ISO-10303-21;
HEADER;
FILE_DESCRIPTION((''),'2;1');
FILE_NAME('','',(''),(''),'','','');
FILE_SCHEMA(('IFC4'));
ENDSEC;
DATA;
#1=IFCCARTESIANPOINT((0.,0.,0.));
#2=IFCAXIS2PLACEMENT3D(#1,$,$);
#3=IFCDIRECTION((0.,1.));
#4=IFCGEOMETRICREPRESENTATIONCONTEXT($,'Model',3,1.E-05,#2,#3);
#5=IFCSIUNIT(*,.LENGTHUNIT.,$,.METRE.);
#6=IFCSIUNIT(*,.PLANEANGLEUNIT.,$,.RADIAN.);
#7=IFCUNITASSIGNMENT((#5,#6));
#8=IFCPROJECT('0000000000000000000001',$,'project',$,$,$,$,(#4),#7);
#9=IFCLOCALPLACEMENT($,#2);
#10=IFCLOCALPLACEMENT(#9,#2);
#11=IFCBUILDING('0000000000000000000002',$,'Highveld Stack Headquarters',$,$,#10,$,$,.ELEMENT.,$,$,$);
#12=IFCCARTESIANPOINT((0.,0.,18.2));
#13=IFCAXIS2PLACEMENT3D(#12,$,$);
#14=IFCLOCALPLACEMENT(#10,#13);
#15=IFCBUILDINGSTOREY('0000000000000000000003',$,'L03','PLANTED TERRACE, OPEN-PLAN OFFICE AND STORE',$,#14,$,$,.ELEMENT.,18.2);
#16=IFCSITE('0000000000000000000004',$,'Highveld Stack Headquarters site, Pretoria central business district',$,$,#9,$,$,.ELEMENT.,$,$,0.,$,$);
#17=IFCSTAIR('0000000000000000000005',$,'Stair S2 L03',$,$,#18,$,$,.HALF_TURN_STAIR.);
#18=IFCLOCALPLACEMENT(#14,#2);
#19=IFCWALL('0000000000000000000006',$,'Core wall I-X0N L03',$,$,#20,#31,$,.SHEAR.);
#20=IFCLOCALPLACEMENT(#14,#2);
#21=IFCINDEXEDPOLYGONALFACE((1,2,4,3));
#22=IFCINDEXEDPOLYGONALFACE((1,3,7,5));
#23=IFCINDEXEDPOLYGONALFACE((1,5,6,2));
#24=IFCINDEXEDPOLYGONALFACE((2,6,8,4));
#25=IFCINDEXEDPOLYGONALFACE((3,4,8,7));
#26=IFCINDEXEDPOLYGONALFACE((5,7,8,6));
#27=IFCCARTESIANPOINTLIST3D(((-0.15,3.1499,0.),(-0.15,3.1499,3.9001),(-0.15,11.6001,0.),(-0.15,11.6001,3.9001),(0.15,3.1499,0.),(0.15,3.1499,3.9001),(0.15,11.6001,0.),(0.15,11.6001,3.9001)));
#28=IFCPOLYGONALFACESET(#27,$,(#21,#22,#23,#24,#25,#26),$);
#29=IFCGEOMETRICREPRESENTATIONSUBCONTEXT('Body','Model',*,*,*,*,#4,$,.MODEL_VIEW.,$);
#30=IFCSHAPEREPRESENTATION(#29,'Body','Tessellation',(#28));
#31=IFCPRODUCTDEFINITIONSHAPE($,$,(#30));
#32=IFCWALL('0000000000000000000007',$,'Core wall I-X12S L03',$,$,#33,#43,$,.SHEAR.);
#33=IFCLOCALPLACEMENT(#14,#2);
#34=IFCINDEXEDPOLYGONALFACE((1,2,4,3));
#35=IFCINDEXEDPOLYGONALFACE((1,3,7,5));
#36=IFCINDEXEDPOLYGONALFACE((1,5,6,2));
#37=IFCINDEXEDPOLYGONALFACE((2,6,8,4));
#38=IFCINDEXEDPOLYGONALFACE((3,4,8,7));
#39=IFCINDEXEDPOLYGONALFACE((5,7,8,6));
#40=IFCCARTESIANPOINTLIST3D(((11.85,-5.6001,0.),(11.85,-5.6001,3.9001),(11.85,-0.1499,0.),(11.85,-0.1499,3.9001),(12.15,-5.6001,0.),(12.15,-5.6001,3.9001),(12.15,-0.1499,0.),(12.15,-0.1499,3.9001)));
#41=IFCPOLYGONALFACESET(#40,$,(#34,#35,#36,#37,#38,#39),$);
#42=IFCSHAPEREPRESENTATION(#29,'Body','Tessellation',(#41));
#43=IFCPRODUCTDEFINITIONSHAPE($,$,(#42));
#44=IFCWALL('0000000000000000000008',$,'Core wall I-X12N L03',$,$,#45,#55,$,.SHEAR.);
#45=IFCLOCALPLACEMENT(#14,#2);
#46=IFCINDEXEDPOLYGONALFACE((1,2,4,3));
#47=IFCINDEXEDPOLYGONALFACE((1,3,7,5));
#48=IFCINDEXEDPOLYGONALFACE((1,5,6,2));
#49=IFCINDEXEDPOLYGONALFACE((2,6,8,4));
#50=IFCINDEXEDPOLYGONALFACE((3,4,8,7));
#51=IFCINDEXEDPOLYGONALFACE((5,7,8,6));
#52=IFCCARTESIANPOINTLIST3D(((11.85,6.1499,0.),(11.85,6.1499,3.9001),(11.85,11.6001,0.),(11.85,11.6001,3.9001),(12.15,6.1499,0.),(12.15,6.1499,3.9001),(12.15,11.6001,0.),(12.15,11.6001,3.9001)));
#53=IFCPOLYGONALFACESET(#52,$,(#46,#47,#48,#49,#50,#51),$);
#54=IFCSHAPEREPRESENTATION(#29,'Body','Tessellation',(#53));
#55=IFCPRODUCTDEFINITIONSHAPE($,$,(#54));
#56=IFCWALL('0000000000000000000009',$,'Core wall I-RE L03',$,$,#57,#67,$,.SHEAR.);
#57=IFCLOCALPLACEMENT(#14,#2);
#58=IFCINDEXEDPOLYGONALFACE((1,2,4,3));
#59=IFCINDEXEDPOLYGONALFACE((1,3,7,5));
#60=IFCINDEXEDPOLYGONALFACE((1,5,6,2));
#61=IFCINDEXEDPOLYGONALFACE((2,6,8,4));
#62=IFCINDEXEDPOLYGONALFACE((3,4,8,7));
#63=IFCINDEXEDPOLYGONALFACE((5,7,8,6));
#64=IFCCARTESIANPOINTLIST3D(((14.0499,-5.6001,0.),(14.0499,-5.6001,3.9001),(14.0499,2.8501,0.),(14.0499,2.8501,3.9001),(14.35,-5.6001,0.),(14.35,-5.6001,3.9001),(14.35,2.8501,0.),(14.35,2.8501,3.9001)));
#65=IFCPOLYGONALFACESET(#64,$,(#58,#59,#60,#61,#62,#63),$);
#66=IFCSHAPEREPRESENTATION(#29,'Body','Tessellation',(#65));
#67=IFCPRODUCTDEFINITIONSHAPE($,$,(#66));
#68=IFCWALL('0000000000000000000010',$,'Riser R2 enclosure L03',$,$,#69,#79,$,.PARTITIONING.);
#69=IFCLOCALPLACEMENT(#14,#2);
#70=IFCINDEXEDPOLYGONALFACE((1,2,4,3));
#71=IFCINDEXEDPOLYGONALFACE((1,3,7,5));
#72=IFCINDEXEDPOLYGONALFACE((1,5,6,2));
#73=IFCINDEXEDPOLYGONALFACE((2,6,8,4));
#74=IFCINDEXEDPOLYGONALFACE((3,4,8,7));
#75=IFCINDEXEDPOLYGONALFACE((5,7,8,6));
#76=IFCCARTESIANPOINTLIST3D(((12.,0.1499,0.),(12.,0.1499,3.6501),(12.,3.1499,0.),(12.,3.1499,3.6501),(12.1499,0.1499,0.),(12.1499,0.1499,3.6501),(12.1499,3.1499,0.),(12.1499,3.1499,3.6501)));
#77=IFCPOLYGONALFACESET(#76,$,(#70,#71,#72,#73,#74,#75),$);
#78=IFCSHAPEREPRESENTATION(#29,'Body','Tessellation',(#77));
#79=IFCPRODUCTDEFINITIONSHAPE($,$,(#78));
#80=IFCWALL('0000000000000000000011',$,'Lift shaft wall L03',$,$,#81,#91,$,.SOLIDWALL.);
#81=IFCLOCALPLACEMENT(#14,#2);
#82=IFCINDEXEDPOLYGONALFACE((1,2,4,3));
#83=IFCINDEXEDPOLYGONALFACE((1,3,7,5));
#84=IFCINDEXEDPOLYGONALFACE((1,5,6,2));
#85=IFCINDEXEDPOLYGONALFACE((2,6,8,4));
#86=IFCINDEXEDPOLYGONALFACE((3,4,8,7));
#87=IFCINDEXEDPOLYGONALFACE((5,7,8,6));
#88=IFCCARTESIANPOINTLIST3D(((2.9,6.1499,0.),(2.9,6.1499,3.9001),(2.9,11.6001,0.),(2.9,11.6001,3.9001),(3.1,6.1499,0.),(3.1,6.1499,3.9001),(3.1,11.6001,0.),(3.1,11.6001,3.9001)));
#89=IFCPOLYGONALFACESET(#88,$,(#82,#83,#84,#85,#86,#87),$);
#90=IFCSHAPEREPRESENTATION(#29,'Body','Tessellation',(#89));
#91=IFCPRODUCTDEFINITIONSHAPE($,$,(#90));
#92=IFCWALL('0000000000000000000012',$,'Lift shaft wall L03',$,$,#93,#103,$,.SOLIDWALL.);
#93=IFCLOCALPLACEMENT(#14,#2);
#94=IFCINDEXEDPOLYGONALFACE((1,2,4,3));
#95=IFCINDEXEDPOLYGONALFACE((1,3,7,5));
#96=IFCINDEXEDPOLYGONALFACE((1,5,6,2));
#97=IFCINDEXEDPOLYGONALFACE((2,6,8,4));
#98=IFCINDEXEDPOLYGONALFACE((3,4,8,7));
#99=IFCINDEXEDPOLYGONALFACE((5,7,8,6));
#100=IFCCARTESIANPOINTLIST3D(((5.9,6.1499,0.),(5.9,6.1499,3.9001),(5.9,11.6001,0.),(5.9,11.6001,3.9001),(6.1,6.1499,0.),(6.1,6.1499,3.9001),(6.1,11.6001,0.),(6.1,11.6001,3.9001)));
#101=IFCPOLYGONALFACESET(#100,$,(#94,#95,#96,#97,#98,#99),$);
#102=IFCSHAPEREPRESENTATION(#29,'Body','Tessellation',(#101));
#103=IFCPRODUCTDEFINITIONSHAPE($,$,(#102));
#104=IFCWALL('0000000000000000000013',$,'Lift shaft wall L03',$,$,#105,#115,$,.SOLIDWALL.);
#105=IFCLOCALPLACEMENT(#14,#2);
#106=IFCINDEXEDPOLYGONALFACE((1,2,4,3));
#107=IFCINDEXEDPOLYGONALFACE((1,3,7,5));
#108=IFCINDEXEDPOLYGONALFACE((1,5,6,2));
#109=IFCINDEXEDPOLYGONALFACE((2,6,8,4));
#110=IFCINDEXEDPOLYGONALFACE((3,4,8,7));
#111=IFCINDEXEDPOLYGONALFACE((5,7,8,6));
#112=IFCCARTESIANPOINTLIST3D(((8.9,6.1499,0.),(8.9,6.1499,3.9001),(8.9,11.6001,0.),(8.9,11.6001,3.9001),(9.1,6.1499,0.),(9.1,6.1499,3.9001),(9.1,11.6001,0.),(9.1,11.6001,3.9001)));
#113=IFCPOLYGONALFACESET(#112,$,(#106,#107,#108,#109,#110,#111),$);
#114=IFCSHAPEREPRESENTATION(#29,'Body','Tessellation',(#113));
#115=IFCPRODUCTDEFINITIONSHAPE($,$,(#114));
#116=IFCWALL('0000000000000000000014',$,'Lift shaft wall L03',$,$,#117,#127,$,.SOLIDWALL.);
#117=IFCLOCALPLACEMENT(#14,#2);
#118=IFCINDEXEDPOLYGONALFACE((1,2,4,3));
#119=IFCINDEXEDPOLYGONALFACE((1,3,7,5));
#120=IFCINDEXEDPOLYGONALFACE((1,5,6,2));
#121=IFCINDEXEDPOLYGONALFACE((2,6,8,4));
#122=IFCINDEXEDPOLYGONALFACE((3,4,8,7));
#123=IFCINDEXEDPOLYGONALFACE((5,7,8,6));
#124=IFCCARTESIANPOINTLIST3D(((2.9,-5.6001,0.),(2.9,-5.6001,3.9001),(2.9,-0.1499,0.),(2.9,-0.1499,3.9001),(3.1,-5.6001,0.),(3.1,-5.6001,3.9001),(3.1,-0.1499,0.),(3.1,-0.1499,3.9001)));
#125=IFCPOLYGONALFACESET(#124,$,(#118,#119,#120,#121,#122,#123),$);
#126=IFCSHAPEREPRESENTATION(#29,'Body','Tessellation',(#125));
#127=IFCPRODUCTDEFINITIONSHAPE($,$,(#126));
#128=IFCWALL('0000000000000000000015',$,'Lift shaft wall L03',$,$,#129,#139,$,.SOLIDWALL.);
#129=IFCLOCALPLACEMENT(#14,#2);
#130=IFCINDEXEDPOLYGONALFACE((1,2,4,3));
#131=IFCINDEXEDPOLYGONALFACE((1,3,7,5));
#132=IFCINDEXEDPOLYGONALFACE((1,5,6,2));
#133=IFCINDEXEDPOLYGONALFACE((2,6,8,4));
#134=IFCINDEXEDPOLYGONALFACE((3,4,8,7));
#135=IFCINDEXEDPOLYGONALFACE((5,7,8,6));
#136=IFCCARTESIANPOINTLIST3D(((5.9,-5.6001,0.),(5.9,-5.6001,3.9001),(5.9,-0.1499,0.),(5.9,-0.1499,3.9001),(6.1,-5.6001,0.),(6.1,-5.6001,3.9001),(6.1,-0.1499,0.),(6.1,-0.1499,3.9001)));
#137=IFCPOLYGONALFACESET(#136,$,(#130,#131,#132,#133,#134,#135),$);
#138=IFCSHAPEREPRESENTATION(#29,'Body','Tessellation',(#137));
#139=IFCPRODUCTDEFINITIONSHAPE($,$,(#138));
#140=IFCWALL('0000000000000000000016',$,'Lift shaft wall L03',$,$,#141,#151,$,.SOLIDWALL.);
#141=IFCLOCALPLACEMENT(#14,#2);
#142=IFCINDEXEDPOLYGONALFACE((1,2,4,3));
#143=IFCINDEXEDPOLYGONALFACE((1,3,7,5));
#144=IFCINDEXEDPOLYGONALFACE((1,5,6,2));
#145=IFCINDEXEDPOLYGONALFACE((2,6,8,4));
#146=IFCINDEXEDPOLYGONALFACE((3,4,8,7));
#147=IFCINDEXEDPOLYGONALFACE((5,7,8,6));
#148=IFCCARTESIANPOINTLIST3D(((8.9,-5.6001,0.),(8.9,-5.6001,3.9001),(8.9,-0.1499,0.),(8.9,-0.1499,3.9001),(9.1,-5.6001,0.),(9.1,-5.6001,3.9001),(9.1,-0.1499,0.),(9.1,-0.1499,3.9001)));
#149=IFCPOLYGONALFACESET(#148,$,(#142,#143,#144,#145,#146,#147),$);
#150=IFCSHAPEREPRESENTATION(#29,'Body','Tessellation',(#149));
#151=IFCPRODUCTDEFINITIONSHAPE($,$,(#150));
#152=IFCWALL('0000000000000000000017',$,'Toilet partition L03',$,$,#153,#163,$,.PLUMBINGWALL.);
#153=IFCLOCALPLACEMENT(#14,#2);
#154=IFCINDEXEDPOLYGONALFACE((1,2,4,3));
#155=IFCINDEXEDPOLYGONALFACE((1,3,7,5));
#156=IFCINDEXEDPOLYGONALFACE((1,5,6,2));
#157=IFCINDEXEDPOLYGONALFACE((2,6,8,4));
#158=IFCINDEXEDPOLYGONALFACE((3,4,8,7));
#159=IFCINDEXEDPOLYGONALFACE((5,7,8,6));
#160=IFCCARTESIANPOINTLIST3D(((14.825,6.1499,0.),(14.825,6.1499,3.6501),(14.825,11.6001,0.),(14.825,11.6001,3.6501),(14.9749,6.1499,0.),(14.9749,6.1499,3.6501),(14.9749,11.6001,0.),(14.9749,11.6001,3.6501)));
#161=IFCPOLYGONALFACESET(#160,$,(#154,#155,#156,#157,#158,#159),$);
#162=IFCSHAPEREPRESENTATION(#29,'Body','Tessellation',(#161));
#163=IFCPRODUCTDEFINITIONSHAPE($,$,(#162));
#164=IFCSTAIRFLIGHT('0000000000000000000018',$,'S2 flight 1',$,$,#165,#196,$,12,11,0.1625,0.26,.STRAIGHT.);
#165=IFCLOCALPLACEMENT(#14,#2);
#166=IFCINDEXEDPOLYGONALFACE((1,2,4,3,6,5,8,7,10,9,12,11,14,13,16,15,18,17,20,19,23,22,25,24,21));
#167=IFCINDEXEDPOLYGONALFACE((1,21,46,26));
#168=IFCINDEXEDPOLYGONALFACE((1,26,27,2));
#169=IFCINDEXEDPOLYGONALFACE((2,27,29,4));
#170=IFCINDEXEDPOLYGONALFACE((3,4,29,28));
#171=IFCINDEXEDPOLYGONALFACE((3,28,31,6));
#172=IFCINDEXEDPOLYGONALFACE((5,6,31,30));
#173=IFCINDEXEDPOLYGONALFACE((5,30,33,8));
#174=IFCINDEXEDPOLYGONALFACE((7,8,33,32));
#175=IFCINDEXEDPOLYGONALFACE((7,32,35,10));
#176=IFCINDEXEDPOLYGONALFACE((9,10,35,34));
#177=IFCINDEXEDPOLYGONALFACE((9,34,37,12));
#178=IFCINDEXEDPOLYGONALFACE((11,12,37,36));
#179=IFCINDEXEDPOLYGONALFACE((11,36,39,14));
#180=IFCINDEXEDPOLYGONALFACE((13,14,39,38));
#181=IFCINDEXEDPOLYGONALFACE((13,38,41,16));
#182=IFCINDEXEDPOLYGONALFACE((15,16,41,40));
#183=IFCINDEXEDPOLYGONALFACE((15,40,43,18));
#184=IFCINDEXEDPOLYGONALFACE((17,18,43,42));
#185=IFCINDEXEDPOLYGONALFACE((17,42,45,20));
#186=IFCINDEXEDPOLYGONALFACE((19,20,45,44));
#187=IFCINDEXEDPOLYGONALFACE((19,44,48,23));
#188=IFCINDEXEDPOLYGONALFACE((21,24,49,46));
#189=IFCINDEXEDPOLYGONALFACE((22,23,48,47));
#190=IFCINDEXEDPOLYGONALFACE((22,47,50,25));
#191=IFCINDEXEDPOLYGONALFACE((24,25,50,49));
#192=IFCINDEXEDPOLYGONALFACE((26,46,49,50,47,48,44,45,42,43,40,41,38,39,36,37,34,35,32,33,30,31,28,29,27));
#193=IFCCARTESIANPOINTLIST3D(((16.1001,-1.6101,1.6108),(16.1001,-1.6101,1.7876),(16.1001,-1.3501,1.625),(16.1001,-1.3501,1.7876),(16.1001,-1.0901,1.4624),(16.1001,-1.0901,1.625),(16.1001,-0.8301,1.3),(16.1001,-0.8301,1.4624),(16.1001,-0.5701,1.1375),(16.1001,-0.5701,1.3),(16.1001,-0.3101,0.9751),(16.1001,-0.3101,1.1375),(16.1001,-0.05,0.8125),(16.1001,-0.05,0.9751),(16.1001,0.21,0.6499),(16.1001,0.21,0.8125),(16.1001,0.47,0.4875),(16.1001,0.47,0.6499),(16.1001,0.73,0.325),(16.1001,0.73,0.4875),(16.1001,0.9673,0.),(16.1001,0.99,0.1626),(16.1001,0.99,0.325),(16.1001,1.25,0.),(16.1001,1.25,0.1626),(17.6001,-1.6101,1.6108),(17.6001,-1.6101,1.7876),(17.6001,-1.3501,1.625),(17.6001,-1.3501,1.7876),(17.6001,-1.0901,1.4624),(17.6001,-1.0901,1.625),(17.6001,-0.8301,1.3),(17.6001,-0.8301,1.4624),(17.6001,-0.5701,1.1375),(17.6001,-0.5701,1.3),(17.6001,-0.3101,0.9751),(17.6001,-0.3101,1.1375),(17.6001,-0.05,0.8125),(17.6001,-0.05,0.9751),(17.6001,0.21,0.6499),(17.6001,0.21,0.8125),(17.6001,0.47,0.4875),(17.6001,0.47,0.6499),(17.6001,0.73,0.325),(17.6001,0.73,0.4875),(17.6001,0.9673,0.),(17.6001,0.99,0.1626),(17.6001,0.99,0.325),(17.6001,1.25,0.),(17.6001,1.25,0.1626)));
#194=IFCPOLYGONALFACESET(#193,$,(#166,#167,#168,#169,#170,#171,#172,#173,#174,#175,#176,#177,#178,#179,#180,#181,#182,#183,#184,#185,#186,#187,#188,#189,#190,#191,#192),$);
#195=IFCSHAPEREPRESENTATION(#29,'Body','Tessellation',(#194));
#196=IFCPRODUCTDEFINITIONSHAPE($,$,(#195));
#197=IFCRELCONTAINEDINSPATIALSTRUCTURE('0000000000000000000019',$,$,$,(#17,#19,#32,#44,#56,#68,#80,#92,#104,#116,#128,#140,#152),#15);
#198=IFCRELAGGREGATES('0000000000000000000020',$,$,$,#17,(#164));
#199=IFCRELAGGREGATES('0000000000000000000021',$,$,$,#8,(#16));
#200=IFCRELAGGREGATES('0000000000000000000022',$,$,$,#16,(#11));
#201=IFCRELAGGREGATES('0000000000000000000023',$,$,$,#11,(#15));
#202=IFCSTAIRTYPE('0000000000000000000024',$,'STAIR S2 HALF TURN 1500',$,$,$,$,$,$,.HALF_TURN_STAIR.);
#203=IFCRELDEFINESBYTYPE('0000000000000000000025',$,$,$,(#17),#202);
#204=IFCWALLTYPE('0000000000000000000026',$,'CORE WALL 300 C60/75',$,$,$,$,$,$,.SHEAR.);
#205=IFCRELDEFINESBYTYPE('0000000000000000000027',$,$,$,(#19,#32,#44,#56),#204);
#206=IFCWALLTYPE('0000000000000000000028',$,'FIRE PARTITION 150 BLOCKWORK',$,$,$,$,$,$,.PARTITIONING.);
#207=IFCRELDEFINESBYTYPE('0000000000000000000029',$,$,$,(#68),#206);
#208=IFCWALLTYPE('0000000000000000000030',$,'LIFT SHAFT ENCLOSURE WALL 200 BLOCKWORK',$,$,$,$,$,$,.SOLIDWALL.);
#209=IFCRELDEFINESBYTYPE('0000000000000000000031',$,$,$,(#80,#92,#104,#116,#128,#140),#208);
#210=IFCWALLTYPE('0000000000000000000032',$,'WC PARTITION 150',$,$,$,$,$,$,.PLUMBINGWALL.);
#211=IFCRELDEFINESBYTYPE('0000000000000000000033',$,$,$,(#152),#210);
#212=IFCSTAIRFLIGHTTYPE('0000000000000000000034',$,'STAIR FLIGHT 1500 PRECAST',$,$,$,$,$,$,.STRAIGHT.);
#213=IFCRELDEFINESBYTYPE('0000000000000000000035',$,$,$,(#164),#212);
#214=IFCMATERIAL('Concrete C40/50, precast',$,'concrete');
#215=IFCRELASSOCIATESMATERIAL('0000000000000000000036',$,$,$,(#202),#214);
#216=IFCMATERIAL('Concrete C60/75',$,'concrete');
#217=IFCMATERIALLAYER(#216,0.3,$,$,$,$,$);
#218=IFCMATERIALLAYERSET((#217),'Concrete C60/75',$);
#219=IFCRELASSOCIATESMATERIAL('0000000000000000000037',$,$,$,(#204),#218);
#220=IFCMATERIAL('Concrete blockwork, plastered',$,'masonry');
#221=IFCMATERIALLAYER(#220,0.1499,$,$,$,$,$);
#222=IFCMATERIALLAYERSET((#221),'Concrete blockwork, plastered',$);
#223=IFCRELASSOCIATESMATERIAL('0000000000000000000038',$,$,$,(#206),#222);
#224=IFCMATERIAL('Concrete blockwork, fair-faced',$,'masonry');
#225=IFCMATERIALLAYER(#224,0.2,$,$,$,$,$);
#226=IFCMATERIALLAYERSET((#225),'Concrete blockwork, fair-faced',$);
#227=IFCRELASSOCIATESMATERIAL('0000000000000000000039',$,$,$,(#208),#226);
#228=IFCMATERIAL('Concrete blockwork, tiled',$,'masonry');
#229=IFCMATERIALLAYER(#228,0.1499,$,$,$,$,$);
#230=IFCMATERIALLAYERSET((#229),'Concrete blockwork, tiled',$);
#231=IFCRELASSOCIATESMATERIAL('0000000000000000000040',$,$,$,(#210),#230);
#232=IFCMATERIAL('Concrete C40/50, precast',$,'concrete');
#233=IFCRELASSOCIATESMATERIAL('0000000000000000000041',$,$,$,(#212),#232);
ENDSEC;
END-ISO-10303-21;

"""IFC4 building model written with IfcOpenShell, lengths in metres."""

from ifc_helpers import new_model, si_unit, direction, frame, frame_2d, origin, place, context, subcontext, project, spatial, polyline, rectangle, outline, extrude, material, layer, layer_set, type_object, element, aggregate, save


model = new_model("IFC4")

# Units and contexts
model_context = context("Model", 3, precision=1e-05, world=origin(), true_north=direction((0.0, 1.0)))
body_context = subcontext(model_context, "Body", "Model", "MODEL_VIEW")
ifc_project = project(units=[si_unit("LENGTHUNIT", "METRE"), si_unit("PLANEANGLEUNIT", "RADIAN")], contexts=[model_context])

# Site, building, storey
site_placement = place(None, origin())
site = spatial("IfcSite", under=ifc_project, at=site_placement, Name="Highveld Stack Headquarters site, Pretoria central business district", CompositionType="ELEMENT", RefElevation=0.0)
building_placement = place(site_placement, origin())
building = spatial("IfcBuilding", under=site, at=building_placement, Name="Highveld Stack Headquarters", CompositionType="ELEMENT")
storey_placement = place(building_placement, frame((0.0, 0.0, 18.2)))
storey = spatial("IfcBuildingStorey", under=building, at=storey_placement, Name="L03", Description="PLANTED TERRACE, OPEN-PLAN OFFICE AND STORE", CompositionType="ELEMENT", Elevation=18.2)

# Stair
ifc_material_1 = material(Name="Concrete C40/50, precast", Category="concrete")
stair_type_1 = type_object("IfcStairType", Name="STAIR S2 HALF TURN 1500", PredefinedType="HALF_TURN_STAIR", material=ifc_material_1)
stair_1_placement = place(storey_placement, origin())
stair_1 = element("IfcStair", 1, at=stair_1_placement, inside=storey, type_object=stair_type_1, Name="Stair S2 L03", PredefinedType="HALF_TURN_STAIR")

# Shared definitions
ifc_material_2 = material(Name="Concrete C60/75", Category="concrete")
ifc_layer_1 = layer(ifc_material_2, 0.3)
ifc_layer_set_1 = layer_set([ifc_layer_1], Name="Concrete C60/75")
wall_type_1 = type_object("IfcWallType", Name="CORE WALL 300 C60/75", PredefinedType="SHEAR", material=ifc_layer_set_1)

# Walls
wall_1_placement = place(storey_placement, frame((0.0, 3.1499, 0.0), z_axis=(0.0, 0.0, 1.0), x_axis=(0.0, 1.0, 0.0)))
element("IfcWall", 2, at=wall_1_placement, inside=storey, type_object=wall_type_1, Name="Core wall I-X0N L03", PredefinedType="SHEAR", context=body_context, shape_type="SweptSolid", body=[
    extrude(rectangle(XDim=8.4502, YDim=0.3, at=frame_2d((4.2251, 0.0))), origin(), (0.0, 0.0, 1.0), 3.9001),
])
for number, where, z_axis, x_axis, name in (
    (3, (12.0, -5.6001, 0.0), (0.0, 0.0, 1.0), (0.0, 1.0, 0.0), "Core wall I-X12S L03"),
    (4, (12.0, 6.1499, 0.0), (0.0, 0.0, 1.0), (0.0, 1.0, 0.0), "Core wall I-X12N L03"),
):
    element("IfcWall", number, at=place(storey_placement, frame(where, z_axis=z_axis, x_axis=x_axis)), inside=storey, type_object=wall_type_1, Name=name, PredefinedType="SHEAR", context=body_context, shape_type="SweptSolid", body=[
        extrude(rectangle(XDim=5.4502, YDim=0.3, at=frame_2d((2.7251, 0.0))), origin(), (0.0, 0.0, 1.0), 3.9001),
    ])
wall_2_placement = place(storey_placement, frame((14.2, -5.6001, 0.0), z_axis=(0.0, 0.0, 1.0), x_axis=(0.0, 1.0, 0.0)))
element("IfcWall", 5, at=wall_2_placement, inside=storey, type_object=wall_type_1, Name="Core wall I-RE L03", PredefinedType="SHEAR", context=body_context, shape_type="SweptSolid", body=[
    extrude(rectangle(XDim=8.4502, YDim=0.3, at=frame_2d((4.2251, 0.0))), origin(), (0.0, 0.0, 1.0), 3.9001),
])
ifc_material_3 = material(Name="Concrete blockwork, plastered", Category="masonry")
ifc_layer_2 = layer(ifc_material_3, 0.1499)
ifc_layer_set_2 = layer_set([ifc_layer_2], Name="Concrete blockwork, plastered")
wall_type_2 = type_object("IfcWallType", Name="FIRE PARTITION 150 BLOCKWORK", PredefinedType="PARTITIONING", material=ifc_layer_set_2)
wall_3_placement = place(storey_placement, frame((12.075, 0.1499, 0.0), z_axis=(0.0, 0.0, 1.0), x_axis=(0.0, 1.0, 0.0)))
element("IfcWall", 6, at=wall_3_placement, inside=storey, type_object=wall_type_2, Name="Riser R2 enclosure L03", PredefinedType="PARTITIONING", context=body_context, shape_type="SweptSolid", body=[
    extrude(rectangle(XDim=3.0, YDim=0.1499, at=frame_2d((1.5, 0.0))), origin(), (0.0, 0.0, 1.0), 3.6501),
])
ifc_material_4 = material(Name="Concrete blockwork, fair-faced", Category="masonry")
ifc_layer_3 = layer(ifc_material_4, 0.2)
ifc_layer_set_3 = layer_set([ifc_layer_3], Name="Concrete blockwork, fair-faced")
wall_type_3 = type_object("IfcWallType", Name="LIFT SHAFT ENCLOSURE WALL 200 BLOCKWORK", PredefinedType="SOLIDWALL", material=ifc_layer_set_3)
for number, where, z_axis, x_axis, name in (
    (7, (3.0, 6.1499, 0.0), (0.0, 0.0, 1.0), (0.0, 1.0, 0.0), "Lift shaft wall L03"),
    (8, (6.0, 6.1499, 0.0), (0.0, 0.0, 1.0), (0.0, 1.0, 0.0), "Lift shaft wall L03"),
    (9, (9.0, 6.1499, 0.0), (0.0, 0.0, 1.0), (0.0, 1.0, 0.0), "Lift shaft wall L03"),
    (10, (3.0, -5.6001, 0.0), (0.0, 0.0, 1.0), (0.0, 1.0, 0.0), "Lift shaft wall L03"),
    (11, (6.0, -5.6001, 0.0), (0.0, 0.0, 1.0), (0.0, 1.0, 0.0), "Lift shaft wall L03"),
    (12, (9.0, -5.6001, 0.0), (0.0, 0.0, 1.0), (0.0, 1.0, 0.0), "Lift shaft wall L03"),
):
    element("IfcWall", number, at=place(storey_placement, frame(where, z_axis=z_axis, x_axis=x_axis)), inside=storey, type_object=wall_type_3, Name=name, PredefinedType="SOLIDWALL", context=body_context, shape_type="SweptSolid", body=[
        extrude(rectangle(XDim=5.4502, YDim=0.2, at=frame_2d((2.7251, 0.0))), origin(), (0.0, 0.0, 1.0), 3.9001),
    ])
ifc_material_5 = material(Name="Concrete blockwork, tiled", Category="masonry")
ifc_layer_4 = layer(ifc_material_5, 0.1499)
ifc_layer_set_4 = layer_set([ifc_layer_4], Name="Concrete blockwork, tiled")
wall_type_4 = type_object("IfcWallType", Name="WC PARTITION 150", PredefinedType="PLUMBINGWALL", material=ifc_layer_set_4)
wall_4_placement = place(storey_placement, frame((14.8999, 6.1499, 0.0), z_axis=(0.0, 0.0, 1.0), x_axis=(0.0, 1.0, 0.0)))
element("IfcWall", 13, at=wall_4_placement, inside=storey, type_object=wall_type_4, Name="Toilet partition L03", PredefinedType="PLUMBINGWALL", context=body_context, shape_type="SweptSolid", body=[
    extrude(rectangle(XDim=5.4502, YDim=0.1499, at=frame_2d((2.7251, 0.0))), origin(), (0.0, 0.0, 1.0), 3.6501),
])

# Stair flight
ifc_material_6 = material(Name="Concrete C40/50, precast", Category="concrete")
stair_flight_type = type_object("IfcStairFlightType", Name="STAIR FLIGHT 1500 PRECAST", PredefinedType="STRAIGHT", material=ifc_material_6)
stair_flight_1_placement = place(storey_placement, frame((16.8501, 1.25, 0.0), z_axis=(0.0, 0.0, 1.0), x_axis=(0.0, -1.0, 0.0)))
stair_flight_1 = element("IfcStairFlight", 14, at=stair_flight_1_placement, type_object=stair_flight_type, Name="S2 flight 1", NumberOfRisers=12, NumberOfTreads=11, PredefinedType="STRAIGHT", RiserHeight=0.1625, TreadLength=0.26, context=body_context, shape_type="SweptSolid", body=[
    extrude(outline(polyline([(0.0, 0.0), (0.0, 0.1626), (0.26, 0.1626), (0.26, 0.325), (0.52, 0.325), (0.52, 0.4875), (0.78, 0.4875), (0.78, 0.6499), (1.04, 0.6499), (1.04, 0.8125), (1.3, 0.8125), (1.3, 0.9751), (1.5601, 0.9751), (1.5601, 1.1375), (1.8201, 1.1375), (1.8201, 1.3), (2.0801, 1.3), (2.0801, 1.4624), (2.3401, 1.4624), (2.3401, 1.625), (2.6001, 1.625), (2.6001, 1.7876), (2.8601, 1.7876), (2.8601, 1.95), (2.8601, 1.6108), (0.2827, 0.0), (0.0, 0.0)])), frame((0.0, 0.75, 0.0), z_axis=(0.0, -1.0, 0.0), x_axis=(1.0, 0.0, 0.0)), (0.0, 0.0, 1.0), 1.5),
])
aggregate(stair_1, [stair_flight_1])

save(model, "model.ifc")
